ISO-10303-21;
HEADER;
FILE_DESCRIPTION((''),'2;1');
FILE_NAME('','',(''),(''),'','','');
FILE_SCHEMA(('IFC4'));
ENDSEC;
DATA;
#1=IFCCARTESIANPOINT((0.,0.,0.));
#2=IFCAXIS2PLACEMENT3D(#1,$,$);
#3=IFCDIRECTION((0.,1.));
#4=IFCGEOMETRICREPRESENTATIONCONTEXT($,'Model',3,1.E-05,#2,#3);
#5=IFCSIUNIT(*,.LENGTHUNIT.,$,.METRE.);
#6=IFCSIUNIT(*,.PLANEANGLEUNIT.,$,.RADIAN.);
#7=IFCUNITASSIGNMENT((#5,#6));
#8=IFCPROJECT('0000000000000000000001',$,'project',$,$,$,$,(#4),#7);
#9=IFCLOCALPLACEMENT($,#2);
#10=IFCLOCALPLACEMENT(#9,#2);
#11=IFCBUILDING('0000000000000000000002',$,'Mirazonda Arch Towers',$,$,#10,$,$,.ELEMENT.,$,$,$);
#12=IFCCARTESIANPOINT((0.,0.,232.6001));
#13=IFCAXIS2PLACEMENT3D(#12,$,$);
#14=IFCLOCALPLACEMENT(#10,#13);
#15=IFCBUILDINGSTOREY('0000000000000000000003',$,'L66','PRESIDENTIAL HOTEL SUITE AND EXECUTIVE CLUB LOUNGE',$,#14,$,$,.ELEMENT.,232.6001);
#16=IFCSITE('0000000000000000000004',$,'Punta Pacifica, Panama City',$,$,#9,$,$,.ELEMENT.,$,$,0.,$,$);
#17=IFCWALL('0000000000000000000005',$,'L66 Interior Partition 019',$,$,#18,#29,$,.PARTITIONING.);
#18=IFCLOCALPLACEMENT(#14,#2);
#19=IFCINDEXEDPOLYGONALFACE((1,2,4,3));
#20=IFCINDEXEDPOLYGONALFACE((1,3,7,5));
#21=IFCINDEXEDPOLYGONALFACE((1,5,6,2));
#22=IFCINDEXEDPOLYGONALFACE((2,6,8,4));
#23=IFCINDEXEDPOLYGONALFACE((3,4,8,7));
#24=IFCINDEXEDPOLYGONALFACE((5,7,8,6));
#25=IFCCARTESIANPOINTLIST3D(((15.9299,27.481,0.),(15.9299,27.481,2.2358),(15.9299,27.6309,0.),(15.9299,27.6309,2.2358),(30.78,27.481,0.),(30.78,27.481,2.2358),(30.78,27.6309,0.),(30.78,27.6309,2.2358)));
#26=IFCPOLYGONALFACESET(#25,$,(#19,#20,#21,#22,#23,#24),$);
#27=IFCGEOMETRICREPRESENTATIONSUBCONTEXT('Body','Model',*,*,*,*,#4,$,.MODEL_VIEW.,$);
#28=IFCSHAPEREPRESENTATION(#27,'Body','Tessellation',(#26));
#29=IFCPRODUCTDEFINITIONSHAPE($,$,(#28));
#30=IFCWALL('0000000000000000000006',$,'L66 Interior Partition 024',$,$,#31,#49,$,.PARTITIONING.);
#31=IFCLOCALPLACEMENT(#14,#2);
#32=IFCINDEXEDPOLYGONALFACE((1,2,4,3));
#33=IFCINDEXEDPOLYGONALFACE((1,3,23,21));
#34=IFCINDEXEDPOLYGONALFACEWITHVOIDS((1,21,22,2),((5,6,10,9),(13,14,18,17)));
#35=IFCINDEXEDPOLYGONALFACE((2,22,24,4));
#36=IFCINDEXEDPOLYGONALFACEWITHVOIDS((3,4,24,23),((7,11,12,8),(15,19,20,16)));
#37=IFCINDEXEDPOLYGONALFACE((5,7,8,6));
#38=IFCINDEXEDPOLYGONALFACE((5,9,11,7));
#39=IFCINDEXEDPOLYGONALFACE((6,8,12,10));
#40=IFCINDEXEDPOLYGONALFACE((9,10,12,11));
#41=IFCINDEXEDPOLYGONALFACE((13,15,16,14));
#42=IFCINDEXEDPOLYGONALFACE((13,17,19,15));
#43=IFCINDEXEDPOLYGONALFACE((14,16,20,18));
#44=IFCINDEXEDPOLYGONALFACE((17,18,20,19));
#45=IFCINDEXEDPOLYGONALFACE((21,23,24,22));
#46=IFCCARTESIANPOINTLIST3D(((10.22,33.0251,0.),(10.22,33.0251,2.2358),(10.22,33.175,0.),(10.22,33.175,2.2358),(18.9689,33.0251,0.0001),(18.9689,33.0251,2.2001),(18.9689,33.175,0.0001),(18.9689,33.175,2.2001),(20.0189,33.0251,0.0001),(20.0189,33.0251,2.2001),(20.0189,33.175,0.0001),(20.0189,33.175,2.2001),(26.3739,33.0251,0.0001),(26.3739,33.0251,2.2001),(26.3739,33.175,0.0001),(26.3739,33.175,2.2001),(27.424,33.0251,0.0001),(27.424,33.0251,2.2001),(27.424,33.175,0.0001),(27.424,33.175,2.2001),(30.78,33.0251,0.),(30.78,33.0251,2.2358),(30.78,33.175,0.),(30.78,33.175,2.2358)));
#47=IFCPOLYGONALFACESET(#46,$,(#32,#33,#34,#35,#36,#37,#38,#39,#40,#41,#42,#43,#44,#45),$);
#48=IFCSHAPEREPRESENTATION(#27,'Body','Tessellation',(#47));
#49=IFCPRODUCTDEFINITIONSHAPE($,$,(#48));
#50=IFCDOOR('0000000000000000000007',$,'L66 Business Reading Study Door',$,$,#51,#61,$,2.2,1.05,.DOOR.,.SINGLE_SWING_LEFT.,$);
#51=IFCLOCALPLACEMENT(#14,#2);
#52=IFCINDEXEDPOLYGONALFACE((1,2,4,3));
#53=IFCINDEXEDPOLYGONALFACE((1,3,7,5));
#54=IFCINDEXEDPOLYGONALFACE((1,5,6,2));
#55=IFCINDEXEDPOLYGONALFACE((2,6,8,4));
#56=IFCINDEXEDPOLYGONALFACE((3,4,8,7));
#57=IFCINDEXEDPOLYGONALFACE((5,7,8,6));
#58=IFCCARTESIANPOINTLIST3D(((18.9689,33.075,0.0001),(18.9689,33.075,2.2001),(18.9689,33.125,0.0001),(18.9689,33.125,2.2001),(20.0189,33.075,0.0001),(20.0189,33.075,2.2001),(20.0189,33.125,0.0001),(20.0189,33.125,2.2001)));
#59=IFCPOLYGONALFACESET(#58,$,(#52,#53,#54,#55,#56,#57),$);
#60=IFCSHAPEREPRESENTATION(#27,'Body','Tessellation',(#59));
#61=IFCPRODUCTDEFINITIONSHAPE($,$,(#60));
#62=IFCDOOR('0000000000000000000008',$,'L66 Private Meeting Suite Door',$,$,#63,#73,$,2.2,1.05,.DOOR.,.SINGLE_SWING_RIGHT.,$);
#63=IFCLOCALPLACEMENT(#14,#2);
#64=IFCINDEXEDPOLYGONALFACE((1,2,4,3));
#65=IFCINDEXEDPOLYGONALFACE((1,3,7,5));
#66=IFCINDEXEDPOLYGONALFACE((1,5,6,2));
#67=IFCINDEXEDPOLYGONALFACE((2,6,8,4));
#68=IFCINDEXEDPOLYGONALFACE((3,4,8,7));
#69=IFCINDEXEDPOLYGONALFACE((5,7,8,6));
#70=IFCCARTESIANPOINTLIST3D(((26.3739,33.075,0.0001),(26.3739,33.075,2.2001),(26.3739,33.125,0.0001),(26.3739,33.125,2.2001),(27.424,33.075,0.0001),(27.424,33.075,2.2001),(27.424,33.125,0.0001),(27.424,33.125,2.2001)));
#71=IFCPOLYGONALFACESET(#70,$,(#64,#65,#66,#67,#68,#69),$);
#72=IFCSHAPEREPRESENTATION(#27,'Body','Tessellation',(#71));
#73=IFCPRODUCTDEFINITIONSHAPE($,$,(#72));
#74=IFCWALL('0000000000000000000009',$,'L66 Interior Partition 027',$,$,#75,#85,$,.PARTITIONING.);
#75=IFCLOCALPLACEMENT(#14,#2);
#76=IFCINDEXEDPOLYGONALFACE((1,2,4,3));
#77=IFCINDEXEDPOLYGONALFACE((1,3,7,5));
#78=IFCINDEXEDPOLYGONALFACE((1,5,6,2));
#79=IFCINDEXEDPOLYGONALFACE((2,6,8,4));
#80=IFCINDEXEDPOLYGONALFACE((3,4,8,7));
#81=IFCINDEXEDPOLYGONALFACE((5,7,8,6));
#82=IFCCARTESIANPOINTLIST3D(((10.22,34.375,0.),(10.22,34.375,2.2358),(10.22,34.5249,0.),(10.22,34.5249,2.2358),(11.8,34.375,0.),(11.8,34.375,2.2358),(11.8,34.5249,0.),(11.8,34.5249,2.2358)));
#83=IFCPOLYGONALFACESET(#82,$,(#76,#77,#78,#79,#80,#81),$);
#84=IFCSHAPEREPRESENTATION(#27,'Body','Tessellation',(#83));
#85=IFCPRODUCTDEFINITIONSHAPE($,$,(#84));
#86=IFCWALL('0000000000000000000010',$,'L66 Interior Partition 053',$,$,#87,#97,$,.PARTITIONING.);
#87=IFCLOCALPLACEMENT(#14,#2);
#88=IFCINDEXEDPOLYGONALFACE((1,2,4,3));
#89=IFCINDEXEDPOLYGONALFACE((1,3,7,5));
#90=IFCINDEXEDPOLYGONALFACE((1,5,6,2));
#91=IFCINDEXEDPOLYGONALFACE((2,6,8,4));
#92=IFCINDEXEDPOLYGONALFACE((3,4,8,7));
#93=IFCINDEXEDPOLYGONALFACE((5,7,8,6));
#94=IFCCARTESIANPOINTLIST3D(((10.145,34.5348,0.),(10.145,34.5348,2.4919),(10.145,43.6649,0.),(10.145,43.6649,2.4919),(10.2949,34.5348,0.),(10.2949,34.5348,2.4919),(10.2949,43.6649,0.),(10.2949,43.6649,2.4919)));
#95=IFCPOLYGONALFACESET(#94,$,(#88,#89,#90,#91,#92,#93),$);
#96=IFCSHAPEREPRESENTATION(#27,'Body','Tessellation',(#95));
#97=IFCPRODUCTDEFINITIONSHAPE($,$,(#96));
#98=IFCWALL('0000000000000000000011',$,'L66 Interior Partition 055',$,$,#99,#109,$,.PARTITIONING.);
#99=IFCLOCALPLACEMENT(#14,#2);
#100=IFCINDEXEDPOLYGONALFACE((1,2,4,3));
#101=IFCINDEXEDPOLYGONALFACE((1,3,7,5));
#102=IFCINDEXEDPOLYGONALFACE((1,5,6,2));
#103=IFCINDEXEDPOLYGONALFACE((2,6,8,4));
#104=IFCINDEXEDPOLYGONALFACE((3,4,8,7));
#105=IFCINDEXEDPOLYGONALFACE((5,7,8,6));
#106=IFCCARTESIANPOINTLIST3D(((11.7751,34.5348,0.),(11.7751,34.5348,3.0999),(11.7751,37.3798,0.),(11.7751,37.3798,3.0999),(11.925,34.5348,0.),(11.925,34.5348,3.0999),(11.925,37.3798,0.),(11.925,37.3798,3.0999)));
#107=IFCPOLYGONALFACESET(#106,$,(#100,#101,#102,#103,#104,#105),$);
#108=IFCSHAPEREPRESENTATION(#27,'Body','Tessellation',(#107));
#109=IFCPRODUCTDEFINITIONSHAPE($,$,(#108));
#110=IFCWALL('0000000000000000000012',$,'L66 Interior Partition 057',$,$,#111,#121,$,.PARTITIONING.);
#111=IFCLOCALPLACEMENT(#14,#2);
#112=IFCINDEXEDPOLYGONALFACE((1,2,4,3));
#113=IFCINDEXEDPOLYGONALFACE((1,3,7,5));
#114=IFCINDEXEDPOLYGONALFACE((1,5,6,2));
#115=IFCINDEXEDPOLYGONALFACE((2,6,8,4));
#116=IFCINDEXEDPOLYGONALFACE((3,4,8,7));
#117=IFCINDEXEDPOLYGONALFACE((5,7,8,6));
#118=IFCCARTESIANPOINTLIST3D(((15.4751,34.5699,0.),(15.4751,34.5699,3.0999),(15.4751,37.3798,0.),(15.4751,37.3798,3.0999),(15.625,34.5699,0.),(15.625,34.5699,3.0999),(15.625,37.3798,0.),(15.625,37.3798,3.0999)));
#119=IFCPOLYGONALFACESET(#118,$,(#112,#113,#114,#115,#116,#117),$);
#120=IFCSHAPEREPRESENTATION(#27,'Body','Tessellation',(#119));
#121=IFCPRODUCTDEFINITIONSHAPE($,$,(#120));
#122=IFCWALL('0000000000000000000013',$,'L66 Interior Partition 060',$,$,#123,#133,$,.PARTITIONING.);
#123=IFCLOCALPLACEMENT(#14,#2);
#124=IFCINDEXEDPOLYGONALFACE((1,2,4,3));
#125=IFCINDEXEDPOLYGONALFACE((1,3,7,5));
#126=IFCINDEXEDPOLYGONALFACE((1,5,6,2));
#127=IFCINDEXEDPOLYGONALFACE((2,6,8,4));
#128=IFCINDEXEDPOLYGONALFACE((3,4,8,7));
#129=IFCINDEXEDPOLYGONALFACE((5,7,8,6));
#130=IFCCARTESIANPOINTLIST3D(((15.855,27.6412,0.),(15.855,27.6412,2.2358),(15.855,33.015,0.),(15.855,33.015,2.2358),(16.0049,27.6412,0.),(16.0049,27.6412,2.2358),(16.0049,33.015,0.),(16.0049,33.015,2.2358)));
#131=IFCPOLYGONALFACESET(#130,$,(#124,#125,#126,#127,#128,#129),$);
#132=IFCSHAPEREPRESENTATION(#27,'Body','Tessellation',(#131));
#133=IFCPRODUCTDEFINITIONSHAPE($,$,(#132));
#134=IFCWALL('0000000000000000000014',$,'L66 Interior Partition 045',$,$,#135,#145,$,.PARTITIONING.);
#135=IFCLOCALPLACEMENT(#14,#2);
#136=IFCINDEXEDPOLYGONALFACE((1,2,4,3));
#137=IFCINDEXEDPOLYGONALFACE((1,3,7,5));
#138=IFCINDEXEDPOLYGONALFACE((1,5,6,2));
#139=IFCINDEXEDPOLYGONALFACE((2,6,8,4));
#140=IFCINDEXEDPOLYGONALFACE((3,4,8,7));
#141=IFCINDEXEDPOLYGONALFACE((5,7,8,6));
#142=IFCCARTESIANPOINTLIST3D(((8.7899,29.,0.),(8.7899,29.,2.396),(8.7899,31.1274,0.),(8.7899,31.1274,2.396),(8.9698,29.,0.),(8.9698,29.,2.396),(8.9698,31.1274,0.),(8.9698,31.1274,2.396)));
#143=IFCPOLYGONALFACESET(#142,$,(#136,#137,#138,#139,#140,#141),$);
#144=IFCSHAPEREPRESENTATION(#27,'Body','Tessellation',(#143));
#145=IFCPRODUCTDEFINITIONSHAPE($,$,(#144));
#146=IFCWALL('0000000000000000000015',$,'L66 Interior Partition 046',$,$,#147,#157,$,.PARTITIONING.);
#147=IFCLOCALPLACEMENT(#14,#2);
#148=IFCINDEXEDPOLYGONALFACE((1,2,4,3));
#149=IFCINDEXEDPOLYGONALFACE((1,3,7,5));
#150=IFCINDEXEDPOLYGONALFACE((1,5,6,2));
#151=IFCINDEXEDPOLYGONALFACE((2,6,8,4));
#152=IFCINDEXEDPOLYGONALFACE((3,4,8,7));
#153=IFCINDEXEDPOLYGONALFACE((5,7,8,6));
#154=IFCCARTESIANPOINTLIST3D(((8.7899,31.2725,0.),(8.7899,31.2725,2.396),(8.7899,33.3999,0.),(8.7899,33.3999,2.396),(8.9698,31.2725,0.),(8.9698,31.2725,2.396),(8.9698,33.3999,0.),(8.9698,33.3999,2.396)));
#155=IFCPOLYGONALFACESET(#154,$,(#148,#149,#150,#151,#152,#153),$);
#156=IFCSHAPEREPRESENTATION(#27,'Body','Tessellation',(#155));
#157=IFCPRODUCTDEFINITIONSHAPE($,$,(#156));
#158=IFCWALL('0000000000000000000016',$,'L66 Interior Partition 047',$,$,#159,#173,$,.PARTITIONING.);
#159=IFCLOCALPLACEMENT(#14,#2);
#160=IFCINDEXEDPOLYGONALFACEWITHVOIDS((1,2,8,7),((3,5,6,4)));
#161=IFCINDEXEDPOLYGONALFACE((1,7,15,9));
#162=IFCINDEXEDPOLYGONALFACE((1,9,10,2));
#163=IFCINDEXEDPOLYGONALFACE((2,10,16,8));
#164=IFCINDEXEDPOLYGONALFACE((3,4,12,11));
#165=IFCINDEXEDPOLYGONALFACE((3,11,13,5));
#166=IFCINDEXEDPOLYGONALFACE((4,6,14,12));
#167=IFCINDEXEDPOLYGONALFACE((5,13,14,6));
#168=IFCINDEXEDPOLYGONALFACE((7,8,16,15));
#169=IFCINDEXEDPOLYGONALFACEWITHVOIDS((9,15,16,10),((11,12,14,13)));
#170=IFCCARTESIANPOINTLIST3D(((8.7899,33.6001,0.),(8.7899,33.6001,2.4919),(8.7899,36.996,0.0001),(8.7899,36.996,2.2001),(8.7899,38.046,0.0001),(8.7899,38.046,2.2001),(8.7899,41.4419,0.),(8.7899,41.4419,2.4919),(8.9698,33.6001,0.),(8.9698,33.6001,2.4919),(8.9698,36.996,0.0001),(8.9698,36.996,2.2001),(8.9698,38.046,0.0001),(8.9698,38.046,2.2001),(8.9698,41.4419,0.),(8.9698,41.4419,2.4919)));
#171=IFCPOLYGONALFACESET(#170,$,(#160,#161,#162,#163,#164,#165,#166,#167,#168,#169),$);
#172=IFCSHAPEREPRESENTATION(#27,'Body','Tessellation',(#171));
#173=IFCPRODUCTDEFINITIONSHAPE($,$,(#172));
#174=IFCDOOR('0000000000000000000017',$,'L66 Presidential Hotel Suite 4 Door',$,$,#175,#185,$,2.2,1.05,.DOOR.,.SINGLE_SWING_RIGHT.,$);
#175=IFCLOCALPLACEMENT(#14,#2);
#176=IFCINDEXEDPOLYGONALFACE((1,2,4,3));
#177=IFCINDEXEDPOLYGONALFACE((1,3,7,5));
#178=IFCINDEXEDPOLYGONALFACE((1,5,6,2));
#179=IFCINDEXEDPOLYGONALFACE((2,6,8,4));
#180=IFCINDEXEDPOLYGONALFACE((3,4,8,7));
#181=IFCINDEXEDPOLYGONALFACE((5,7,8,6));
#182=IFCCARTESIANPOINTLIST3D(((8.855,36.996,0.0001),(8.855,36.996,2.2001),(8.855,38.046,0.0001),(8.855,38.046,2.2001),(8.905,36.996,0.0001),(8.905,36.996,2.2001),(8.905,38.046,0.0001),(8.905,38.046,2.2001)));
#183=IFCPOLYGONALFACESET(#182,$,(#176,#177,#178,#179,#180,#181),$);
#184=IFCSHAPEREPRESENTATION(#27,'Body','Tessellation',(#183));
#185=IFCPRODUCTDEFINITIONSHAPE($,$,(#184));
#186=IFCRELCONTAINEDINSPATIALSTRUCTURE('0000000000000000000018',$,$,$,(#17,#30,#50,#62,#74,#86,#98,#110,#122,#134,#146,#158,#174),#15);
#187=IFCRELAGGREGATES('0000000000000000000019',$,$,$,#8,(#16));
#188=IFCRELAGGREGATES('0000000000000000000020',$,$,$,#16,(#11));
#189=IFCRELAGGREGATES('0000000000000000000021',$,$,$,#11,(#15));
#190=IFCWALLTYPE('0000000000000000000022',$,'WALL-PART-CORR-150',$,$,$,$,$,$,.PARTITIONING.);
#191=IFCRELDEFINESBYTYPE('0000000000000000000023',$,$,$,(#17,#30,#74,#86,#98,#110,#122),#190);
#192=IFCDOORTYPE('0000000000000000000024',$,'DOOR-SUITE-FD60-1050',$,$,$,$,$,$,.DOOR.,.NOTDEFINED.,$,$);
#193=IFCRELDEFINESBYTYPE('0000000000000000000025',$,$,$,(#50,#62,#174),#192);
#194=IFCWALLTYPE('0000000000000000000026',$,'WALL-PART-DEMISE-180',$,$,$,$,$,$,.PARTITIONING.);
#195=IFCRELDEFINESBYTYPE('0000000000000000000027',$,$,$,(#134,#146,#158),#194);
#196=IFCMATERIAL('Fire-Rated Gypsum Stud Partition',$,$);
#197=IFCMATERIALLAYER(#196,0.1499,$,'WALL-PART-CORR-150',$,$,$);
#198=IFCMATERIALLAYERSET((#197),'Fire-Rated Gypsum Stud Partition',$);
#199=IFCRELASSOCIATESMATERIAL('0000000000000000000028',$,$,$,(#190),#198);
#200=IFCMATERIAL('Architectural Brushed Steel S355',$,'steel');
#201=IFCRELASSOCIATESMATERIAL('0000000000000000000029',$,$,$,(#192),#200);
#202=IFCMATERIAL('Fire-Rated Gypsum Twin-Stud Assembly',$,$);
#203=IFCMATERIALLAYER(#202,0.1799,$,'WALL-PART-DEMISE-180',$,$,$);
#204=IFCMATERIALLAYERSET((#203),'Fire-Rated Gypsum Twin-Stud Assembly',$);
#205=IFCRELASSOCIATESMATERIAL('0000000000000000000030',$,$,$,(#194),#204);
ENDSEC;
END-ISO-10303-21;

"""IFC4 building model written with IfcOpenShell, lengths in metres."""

from ifc_helpers import new_model, si_unit, direction, frame, frame_2d, origin, place, context, subcontext, project, spatial, rectangle, extrude, material, layer, layer_set, type_object, element, fill, save


model = new_model("IFC4")

# Units and contexts
model_context = context("Model", 3, precision=1e-05, world=origin(), true_north=direction((0.0, 1.0)))
body_context = subcontext(model_context, "Body", "Model", "MODEL_VIEW")
ifc_project = project(units=[si_unit("LENGTHUNIT", "METRE"), si_unit("PLANEANGLEUNIT", "RADIAN")], contexts=[model_context])

# Site, building, storey
site_placement = place(None, origin())
site = spatial("IfcSite", under=ifc_project, at=site_placement, Name="Punta Pacifica, Panama City", CompositionType="ELEMENT", RefElevation=0.0)
building_placement = place(site_placement, origin())
building = spatial("IfcBuilding", under=site, at=building_placement, Name="Mirazonda Arch Towers", CompositionType="ELEMENT")
storey_placement = place(building_placement, frame((0.0, 0.0, 232.6001)))
storey = spatial("IfcBuildingStorey", under=building, at=storey_placement, Name="L66", Description="PRESIDENTIAL HOTEL SUITE AND EXECUTIVE CLUB LOUNGE", CompositionType="ELEMENT", Elevation=232.6001)

# Shared definitions
ifc_material_1 = material(Name="Architectural Brushed Steel S355", Category="steel")

# Wall
ifc_material_2 = material(Name="Fire-Rated Gypsum Stud Partition")
ifc_layer_1 = layer(ifc_material_2, 0.1499, Name="WALL-PART-CORR-150")
ifc_layer_set_1 = layer_set([ifc_layer_1], Name="Fire-Rated Gypsum Stud Partition")
wall_type_1 = type_object("IfcWallType", Name="WALL-PART-CORR-150", PredefinedType="PARTITIONING", material=ifc_layer_set_1)
wall_1_placement = place(storey_placement, frame((15.9299, 27.5559, 0.0), z_axis=(0.0, 0.0, 1.0), x_axis=(1.0, 0.0, 0.0)))
element("IfcWall", 1, at=wall_1_placement, inside=storey, type_object=wall_type_1, Name="L66 Interior Partition 019", PredefinedType="PARTITIONING", context=body_context, shape_type="SweptSolid", body=[
    extrude(rectangle(XDim=14.8501, YDim=0.1499, at=frame_2d((7.425, 0.0))), origin(), (0.0, 0.0, 1.0), 2.2358),
])

# Wall, openings, doors
wall_2_placement = place(storey_placement, frame((10.22, 33.1001, 0.0), z_axis=(0.0, 0.0, 1.0), x_axis=(1.0, 0.0, 0.0)))
wall_2 = element("IfcWall", 2, at=wall_2_placement, inside=storey, type_object=wall_type_1, Name="L66 Interior Partition 024", PredefinedType="PARTITIONING", context=body_context, shape_type="SweptSolid", body=[
    extrude(rectangle(XDim=20.5601, YDim=0.1499, at=frame_2d((10.28, 0.0))), origin(), (0.0, 0.0, 1.0), 2.2358),
])
opening_1_placement = place(wall_2_placement, frame((8.749, 0.0, 0.0)))
opening_1 = element("IfcOpeningElement", 3, at=opening_1_placement, cuts=wall_2, PredefinedType="OPENING", context=body_context, shape_type="SweptSolid", body=[
    extrude(rectangle(XDim=1.05, YDim=2.2, at=frame_2d((0.5249, 1.1001))), frame((0.0, 0.085, 0.0), z_axis=(0.0, -1.0, 0.0), x_axis=(1.0, 0.0, 0.0)), (0.0, 0.0, 1.0), 0.1699),
])
opening_2_placement = place(wall_2_placement, frame((16.1541, 0.0, 0.0)))
opening_2 = element("IfcOpeningElement", 4, at=opening_2_placement, cuts=wall_2, PredefinedType="OPENING", context=body_context, shape_type="SweptSolid", body=[
    extrude(rectangle(XDim=1.05, YDim=2.2, at=frame_2d((0.5249, 1.1001))), frame((0.0, 0.085, 0.0), z_axis=(0.0, -1.0, 0.0), x_axis=(1.0, 0.0, 0.0)), (0.0, 0.0, 1.0), 0.1699),
])
door_type_1 = type_object("IfcDoorType", Name="DOOR-SUITE-FD60-1050", OperationType="NOTDEFINED", PredefinedType="DOOR", material=ifc_material_1)
door_1_placement = place(opening_1_placement, origin())
door_1 = element("IfcDoor", 5, at=door_1_placement, inside=storey, type_object=door_type_1, Name="L66 Business Reading Study Door", OperationType="SINGLE_SWING_LEFT", OverallHeight=2.2, OverallWidth=1.05, PredefinedType="DOOR", context=body_context, shape_type="SweptSolid", body=[
    extrude(rectangle(XDim=1.05, YDim=2.2, at=frame_2d((0.5249, 1.1001))), frame((0.0, 0.0249, 0.0), z_axis=(0.0, -1.0, 0.0), x_axis=(1.0, 0.0, 0.0)), (0.0, 0.0, 1.0), 0.05),
])
fill(opening_1, door_1)
door_2_placement = place(opening_2_placement, origin())
door_2 = element("IfcDoor", 6, at=door_2_placement, inside=storey, type_object=door_type_1, Name="L66 Private Meeting Suite Door", OperationType="SINGLE_SWING_RIGHT", OverallHeight=2.2, OverallWidth=1.05, PredefinedType="DOOR", context=body_context, shape_type="SweptSolid", body=[
    extrude(rectangle(XDim=1.05, YDim=2.2, at=frame_2d((0.5249, 1.1001))), frame((0.0, 0.0249, 0.0), z_axis=(0.0, -1.0, 0.0), x_axis=(1.0, 0.0, 0.0)), (0.0, 0.0, 1.0), 0.05),
])
fill(opening_2, door_2)

# Walls
wall_3_placement = place(storey_placement, frame((10.22, 34.45, 0.0), z_axis=(0.0, 0.0, 1.0), x_axis=(1.0, 0.0, 0.0)))
element("IfcWall", 7, at=wall_3_placement, inside=storey, type_object=wall_type_1, Name="L66 Interior Partition 027", PredefinedType="PARTITIONING", context=body_context, shape_type="SweptSolid", body=[
    extrude(rectangle(XDim=1.5801, YDim=0.1499, at=frame_2d((0.79, 0.0))), origin(), (0.0, 0.0, 1.0), 2.2358),
])
wall_4_placement = place(storey_placement, frame((10.22, 34.5349, 0.0), z_axis=(0.0, 0.0, 1.0), x_axis=(0.0, 1.0, 0.0)))
element("IfcWall", 8, at=wall_4_placement, inside=storey, type_object=wall_type_1, Name="L66 Interior Partition 053", PredefinedType="PARTITIONING", context=body_context, shape_type="SweptSolid", body=[
    extrude(rectangle(XDim=9.1301, YDim=0.1499, at=frame_2d((4.5649, 0.0))), origin(), (0.0, 0.0, 1.0), 2.4919),
])
wall_5_placement = place(storey_placement, frame((11.8501, 34.5349, 0.0), z_axis=(0.0, 0.0, 1.0), x_axis=(0.0, 1.0, 0.0)))
element("IfcWall", 9, at=wall_5_placement, inside=storey, type_object=wall_type_1, Name="L66 Interior Partition 055", PredefinedType="PARTITIONING", context=body_context, shape_type="SweptSolid", body=[
    extrude(rectangle(XDim=2.845, YDim=0.1499, at=frame_2d((1.4224, 0.0))), origin(), (0.0, 0.0, 1.0), 3.0999),
])
wall_6_placement = place(storey_placement, frame((15.55, 34.5701, 0.0), z_axis=(0.0, 0.0, 1.0), x_axis=(0.0, 1.0, 0.0)))
element("IfcWall", 10, at=wall_6_placement, inside=storey, type_object=wall_type_1, Name="L66 Interior Partition 057", PredefinedType="PARTITIONING", context=body_context, shape_type="SweptSolid", body=[
    extrude(rectangle(XDim=2.8098, YDim=0.1499, at=frame_2d((1.4048, 0.0))), origin(), (0.0, 0.0, 1.0), 3.0999),
])
wall_7_placement = place(storey_placement, frame((15.9299, 27.6411, 0.0), z_axis=(0.0, 0.0, 1.0), x_axis=(0.0, 1.0, 0.0)))
element("IfcWall", 11, at=wall_7_placement, inside=storey, type_object=wall_type_1, Name="L66 Interior Partition 060", PredefinedType="PARTITIONING", context=body_context, shape_type="SweptSolid", body=[
    extrude(rectangle(XDim=5.3738, YDim=0.1499, at=frame_2d((2.687, 0.0))), origin(), (0.0, 0.0, 1.0), 2.2358),
])
ifc_material_3 = material(Name="Fire-Rated Gypsum Twin-Stud Assembly")
ifc_layer_2 = layer(ifc_material_3, 0.1799, Name="WALL-PART-DEMISE-180")
ifc_layer_set_2 = layer_set([ifc_layer_2], Name="Fire-Rated Gypsum Twin-Stud Assembly")
wall_type_2 = type_object("IfcWallType", Name="WALL-PART-DEMISE-180", PredefinedType="PARTITIONING", material=ifc_layer_set_2)
for number, where, z_axis, x_axis, name in (
    (12, (8.8799, 29.0, 0.0), (0.0, 0.0, 1.0), (0.0, 1.0, 0.0), "L66 Interior Partition 045"),
    (13, (8.8799, 31.2725, 0.0), (0.0, 0.0, 1.0), (0.0, 1.0, 0.0), "L66 Interior Partition 046"),
):
    element("IfcWall", number, at=place(storey_placement, frame(where, z_axis=z_axis, x_axis=x_axis)), inside=storey, type_object=wall_type_2, Name=name, PredefinedType="PARTITIONING", context=body_context, shape_type="SweptSolid", body=[
        extrude(rectangle(XDim=2.1274, YDim=0.1799, at=frame_2d((1.0637, 0.0))), origin(), (0.0, 0.0, 1.0), 2.396),
    ])

# Wall, opening, door
wall_8_placement = place(storey_placement, frame((8.8799, 33.6001, 0.0), z_axis=(0.0, 0.0, 1.0), x_axis=(0.0, 1.0, 0.0)))
wall_8 = element("IfcWall", 14, at=wall_8_placement, inside=storey, type_object=wall_type_2, Name="L66 Interior Partition 047", PredefinedType="PARTITIONING", context=body_context, shape_type="SweptSolid", body=[
    extrude(rectangle(XDim=7.8418, YDim=0.1799, at=frame_2d((3.9209, 0.0))), origin(), (0.0, 0.0, 1.0), 2.4919),
])
opening_3_placement = place(wall_8_placement, frame((3.396, 0.0, 0.0)))
opening_3 = element("IfcOpeningElement", 15, at=opening_3_placement, cuts=wall_8, PredefinedType="OPENING", context=body_context, shape_type="SweptSolid", body=[
    extrude(rectangle(XDim=1.05, YDim=2.2, at=frame_2d((0.5249, 1.1001))), frame((0.0, 0.0999, 0.0), z_axis=(0.0, -1.0, 0.0), x_axis=(1.0, 0.0, 0.0)), (0.0, 0.0, 1.0), 0.2),
])
door_3_placement = place(opening_3_placement, origin())
door_3 = element("IfcDoor", 16, at=door_3_placement, inside=storey, type_object=door_type_1, Name="L66 Presidential Hotel Suite 4 Door", OperationType="SINGLE_SWING_RIGHT", OverallHeight=2.2, OverallWidth=1.05, PredefinedType="DOOR", context=body_context, shape_type="SweptSolid", body=[
    extrude(rectangle(XDim=1.05, YDim=2.2, at=frame_2d((0.5249, 1.1001))), frame((0.0, 0.0249, 0.0), z_axis=(0.0, -1.0, 0.0), x_axis=(1.0, 0.0, 0.0)), (0.0, 0.0, 1.0), 0.05),
])
fill(opening_3, door_3)

save(model, "model.ifc")
